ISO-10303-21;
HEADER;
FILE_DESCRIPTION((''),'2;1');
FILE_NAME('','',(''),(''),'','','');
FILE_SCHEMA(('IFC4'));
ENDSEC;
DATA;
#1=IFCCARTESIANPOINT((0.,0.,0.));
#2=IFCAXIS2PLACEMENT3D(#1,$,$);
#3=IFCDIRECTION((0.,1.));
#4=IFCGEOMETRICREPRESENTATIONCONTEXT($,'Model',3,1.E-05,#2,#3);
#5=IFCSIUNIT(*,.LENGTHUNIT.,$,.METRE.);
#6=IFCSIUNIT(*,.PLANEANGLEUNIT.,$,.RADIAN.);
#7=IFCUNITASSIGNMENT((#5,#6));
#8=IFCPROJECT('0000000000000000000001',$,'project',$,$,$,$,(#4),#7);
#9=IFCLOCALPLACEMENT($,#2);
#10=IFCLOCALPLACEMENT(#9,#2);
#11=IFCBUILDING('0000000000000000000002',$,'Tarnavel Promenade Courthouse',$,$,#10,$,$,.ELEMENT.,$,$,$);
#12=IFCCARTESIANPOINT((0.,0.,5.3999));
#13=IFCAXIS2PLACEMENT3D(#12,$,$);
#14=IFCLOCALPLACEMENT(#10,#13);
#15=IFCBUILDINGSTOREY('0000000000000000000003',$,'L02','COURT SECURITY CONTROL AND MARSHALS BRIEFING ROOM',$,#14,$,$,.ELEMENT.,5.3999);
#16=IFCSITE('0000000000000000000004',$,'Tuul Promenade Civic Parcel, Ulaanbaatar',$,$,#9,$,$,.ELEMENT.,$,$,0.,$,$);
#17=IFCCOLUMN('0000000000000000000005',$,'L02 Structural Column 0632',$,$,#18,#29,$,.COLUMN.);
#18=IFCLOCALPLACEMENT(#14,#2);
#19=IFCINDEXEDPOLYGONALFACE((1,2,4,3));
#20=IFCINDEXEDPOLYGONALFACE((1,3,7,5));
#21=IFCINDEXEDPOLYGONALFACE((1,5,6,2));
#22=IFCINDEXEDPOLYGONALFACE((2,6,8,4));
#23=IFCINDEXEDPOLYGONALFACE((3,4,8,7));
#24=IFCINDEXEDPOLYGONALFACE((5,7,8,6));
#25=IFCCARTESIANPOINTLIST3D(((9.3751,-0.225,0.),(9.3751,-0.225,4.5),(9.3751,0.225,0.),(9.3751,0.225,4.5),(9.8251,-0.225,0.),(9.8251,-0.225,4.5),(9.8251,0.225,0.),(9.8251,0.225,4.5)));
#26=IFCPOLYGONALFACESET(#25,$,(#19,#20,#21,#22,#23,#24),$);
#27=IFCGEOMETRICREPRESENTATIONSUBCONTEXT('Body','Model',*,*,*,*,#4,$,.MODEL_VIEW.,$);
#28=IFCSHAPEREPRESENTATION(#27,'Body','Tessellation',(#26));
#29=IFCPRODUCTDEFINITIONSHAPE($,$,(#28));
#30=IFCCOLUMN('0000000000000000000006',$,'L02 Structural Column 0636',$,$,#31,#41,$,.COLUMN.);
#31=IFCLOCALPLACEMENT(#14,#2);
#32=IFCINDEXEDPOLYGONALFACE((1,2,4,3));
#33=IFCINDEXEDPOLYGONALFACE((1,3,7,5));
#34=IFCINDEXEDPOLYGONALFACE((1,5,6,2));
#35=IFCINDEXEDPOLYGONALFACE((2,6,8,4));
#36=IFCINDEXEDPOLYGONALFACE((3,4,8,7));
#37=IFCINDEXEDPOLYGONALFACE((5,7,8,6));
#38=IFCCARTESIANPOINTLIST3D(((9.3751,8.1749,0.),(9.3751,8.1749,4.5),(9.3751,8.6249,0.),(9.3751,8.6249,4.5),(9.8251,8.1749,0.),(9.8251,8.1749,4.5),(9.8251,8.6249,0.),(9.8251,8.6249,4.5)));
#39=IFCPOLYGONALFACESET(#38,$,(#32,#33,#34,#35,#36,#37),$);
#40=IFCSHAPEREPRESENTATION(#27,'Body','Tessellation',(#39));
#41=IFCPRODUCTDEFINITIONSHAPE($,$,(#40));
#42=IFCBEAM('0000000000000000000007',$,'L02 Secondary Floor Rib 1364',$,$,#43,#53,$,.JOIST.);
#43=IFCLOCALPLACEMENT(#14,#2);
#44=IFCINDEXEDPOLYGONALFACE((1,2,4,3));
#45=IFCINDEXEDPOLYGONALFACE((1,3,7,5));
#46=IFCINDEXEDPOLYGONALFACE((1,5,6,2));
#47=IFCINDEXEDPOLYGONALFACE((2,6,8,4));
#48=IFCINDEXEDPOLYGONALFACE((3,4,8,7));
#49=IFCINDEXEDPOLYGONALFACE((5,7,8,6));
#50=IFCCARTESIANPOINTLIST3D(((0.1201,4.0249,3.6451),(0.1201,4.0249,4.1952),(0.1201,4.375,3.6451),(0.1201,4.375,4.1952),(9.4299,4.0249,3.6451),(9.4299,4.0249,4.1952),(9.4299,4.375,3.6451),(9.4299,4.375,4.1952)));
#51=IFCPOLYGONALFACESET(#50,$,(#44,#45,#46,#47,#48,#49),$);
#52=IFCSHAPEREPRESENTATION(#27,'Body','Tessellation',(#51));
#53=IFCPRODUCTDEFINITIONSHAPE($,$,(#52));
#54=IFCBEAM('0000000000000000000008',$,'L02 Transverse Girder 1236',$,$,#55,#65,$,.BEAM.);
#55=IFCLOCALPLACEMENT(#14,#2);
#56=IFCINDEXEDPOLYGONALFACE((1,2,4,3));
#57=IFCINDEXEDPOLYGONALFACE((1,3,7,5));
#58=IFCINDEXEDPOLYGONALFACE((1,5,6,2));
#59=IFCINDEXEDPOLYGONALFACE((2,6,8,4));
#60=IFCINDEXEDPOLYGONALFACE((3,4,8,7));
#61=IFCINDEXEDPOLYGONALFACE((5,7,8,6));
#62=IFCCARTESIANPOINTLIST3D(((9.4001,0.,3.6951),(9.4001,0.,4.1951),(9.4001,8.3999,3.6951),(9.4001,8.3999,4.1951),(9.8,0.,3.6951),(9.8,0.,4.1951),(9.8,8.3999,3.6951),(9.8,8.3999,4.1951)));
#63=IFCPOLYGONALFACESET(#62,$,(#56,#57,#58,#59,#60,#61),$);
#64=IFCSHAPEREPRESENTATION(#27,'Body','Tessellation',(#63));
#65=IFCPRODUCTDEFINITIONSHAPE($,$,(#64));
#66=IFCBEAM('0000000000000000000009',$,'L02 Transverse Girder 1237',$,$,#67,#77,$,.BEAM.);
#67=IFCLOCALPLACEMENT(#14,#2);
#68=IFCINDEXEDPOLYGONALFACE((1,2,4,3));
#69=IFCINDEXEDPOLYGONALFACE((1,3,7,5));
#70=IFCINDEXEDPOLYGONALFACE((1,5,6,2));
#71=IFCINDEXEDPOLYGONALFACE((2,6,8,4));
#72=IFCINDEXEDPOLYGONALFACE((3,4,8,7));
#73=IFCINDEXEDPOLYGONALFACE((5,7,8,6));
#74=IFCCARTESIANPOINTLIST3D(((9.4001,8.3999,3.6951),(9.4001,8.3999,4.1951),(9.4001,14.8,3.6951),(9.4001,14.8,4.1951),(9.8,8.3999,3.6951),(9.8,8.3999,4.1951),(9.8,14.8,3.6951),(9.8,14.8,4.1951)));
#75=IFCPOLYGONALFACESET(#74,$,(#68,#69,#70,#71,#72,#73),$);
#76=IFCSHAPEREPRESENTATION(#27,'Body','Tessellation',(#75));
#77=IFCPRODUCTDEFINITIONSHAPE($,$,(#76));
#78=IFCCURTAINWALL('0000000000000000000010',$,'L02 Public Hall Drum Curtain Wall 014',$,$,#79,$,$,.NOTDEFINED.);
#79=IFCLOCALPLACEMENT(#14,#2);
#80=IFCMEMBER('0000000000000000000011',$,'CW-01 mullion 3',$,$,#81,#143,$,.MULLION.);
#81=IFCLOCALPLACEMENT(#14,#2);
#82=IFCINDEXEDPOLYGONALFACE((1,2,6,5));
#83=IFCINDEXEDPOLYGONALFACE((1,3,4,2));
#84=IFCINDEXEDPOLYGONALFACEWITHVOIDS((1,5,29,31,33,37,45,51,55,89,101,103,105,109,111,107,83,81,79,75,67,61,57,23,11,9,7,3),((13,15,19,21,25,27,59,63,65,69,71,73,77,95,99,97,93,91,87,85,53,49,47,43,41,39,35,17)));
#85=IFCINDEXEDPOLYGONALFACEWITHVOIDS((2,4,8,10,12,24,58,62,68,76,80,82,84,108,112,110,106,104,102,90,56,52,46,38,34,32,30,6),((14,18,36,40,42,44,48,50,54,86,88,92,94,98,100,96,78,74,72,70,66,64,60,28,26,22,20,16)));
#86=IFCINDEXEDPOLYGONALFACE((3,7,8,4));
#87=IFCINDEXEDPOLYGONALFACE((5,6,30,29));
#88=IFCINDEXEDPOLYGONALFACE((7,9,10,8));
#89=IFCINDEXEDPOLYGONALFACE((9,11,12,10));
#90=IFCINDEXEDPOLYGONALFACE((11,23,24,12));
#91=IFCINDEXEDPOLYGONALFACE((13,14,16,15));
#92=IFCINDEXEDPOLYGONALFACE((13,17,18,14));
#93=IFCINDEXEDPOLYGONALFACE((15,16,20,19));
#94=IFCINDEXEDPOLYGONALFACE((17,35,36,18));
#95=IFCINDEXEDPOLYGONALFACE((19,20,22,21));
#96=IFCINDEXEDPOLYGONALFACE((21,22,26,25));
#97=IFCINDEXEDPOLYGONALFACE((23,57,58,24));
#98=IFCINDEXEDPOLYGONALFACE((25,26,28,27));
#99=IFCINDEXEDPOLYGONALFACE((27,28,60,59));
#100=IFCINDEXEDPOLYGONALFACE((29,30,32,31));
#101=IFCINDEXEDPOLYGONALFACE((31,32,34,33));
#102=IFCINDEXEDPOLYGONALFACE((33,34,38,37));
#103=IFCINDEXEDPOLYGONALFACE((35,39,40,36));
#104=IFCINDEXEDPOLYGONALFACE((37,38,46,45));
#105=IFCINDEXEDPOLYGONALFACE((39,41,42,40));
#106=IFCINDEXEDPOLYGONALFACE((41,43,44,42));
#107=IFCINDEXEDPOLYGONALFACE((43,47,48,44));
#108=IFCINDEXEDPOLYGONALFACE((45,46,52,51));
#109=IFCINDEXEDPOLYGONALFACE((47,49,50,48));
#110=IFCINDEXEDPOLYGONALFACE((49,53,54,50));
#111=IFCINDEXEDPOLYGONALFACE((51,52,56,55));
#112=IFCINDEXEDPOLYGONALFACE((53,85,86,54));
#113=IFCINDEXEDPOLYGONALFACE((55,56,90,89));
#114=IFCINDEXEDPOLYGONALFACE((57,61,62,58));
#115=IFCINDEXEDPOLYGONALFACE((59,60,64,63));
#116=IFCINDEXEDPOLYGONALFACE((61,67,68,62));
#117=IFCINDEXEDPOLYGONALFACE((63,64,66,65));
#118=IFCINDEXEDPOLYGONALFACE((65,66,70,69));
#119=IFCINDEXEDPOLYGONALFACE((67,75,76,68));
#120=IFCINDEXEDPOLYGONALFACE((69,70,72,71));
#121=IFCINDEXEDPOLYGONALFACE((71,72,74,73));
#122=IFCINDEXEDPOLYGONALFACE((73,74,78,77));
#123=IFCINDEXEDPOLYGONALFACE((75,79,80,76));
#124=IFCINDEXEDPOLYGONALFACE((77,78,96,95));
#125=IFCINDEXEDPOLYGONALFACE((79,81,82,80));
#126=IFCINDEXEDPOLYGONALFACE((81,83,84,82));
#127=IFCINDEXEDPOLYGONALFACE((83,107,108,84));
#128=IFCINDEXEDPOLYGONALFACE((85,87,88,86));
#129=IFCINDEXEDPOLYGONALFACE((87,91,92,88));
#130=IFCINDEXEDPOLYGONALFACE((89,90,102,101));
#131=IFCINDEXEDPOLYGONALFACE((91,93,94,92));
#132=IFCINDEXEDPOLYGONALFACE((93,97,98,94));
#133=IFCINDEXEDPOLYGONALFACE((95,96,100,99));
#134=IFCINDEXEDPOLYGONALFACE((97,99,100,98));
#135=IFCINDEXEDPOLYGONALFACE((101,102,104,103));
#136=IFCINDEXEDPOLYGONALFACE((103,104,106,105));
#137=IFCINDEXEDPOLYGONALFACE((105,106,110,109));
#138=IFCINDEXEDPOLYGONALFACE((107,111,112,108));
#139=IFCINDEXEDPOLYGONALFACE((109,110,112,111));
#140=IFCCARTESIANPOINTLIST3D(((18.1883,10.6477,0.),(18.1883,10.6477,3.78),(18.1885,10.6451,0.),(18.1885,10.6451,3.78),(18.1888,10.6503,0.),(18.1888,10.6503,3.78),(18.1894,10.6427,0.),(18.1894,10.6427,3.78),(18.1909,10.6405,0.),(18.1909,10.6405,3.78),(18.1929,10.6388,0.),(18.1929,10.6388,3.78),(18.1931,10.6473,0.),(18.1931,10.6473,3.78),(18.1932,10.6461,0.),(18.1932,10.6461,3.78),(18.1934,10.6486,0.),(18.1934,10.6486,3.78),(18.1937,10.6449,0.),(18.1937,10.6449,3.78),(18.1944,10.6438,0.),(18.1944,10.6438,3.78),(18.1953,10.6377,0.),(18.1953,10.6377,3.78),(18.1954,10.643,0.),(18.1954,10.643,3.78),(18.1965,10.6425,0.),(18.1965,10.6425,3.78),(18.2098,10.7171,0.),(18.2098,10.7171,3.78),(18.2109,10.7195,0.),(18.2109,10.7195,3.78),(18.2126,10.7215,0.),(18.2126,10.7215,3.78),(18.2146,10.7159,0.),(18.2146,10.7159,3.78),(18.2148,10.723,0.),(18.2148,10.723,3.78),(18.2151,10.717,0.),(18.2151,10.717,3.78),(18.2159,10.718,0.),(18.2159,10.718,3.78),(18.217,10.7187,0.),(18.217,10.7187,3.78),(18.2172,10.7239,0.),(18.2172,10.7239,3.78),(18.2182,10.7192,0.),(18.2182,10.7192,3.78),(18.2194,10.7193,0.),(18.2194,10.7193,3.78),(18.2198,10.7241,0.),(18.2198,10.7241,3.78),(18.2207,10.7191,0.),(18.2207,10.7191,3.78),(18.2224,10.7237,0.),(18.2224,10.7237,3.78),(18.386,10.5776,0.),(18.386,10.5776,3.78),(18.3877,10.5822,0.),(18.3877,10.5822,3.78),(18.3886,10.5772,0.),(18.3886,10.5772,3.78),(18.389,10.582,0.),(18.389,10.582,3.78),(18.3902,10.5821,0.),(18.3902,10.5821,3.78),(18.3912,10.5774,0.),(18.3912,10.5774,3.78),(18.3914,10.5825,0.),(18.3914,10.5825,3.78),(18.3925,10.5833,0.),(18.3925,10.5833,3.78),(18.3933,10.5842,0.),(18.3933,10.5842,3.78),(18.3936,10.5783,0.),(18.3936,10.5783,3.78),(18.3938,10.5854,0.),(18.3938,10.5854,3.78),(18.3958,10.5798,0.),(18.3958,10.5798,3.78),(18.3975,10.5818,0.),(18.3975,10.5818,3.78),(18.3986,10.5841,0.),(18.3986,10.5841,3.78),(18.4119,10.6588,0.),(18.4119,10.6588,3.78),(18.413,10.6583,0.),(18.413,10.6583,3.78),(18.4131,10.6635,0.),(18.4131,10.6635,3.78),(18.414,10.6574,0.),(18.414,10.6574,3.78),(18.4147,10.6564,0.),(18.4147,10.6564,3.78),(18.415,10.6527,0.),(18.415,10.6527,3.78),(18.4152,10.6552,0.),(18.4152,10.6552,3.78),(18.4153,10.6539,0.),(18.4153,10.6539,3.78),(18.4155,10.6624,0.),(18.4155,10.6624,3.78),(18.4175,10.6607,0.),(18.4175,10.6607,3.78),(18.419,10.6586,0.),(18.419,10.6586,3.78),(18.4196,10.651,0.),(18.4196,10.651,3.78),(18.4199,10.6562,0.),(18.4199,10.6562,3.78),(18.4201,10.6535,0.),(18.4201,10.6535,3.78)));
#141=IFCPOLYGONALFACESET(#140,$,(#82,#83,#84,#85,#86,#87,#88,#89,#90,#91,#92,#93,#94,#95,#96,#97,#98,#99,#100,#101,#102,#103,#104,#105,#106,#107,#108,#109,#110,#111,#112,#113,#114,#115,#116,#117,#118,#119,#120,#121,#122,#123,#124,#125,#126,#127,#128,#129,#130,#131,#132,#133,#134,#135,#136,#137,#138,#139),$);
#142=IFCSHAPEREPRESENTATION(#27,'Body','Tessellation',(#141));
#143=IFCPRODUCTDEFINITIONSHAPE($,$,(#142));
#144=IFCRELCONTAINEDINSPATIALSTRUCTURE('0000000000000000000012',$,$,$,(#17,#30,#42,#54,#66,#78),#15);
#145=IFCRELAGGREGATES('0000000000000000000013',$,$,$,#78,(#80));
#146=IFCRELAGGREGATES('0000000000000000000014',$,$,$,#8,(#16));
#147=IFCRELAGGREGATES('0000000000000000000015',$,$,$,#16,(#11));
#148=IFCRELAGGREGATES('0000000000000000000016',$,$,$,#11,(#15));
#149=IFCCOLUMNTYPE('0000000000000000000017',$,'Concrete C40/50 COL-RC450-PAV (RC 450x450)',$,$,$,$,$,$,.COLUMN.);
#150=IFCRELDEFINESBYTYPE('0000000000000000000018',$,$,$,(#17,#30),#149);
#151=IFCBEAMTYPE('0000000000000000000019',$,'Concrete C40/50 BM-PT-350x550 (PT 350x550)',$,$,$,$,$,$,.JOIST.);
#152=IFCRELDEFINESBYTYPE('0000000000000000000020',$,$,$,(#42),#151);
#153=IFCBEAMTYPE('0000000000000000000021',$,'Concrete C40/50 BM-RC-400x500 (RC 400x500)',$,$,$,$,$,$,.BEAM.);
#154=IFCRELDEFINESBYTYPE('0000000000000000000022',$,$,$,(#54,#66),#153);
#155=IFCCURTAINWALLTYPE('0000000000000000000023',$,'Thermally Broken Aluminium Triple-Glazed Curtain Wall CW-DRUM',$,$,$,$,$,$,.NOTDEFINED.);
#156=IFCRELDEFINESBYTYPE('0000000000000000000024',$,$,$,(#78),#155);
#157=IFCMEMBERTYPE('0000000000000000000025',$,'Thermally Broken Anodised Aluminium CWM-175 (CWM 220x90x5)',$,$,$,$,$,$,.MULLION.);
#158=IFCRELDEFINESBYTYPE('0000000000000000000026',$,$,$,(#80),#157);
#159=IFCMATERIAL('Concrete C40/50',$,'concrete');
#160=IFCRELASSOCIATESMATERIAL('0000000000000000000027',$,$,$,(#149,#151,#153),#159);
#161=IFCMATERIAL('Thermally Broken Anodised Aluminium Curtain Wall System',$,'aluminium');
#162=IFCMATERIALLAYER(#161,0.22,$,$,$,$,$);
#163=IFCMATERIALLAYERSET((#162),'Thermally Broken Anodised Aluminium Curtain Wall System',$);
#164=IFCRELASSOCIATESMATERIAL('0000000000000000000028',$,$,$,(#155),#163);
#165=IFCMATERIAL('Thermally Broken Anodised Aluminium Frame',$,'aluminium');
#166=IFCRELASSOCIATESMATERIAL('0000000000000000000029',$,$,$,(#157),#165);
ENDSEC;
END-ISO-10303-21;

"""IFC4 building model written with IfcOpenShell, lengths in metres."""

from ifc_helpers import new_model, si_unit, direction, frame, origin, origin_2d, place, context, subcontext, project, spatial, rectangle, hollow_rectangle, extrude, material, layer, layer_set, material_profile, profile_set, type_object, element, aggregate, save


model = new_model("IFC4")

# Units and contexts
model_context = context("Model", 3, precision=1e-05, world=origin(), true_north=direction((0.0, 1.0)))
body_context = subcontext(model_context, "Body", "Model", "MODEL_VIEW")
ifc_project = project(units=[si_unit("LENGTHUNIT", "METRE"), si_unit("PLANEANGLEUNIT", "RADIAN")], contexts=[model_context])

# Site, building, storey
site_placement = place(None, origin())
site = spatial("IfcSite", under=ifc_project, at=site_placement, Name="Tuul Promenade Civic Parcel, Ulaanbaatar", CompositionType="ELEMENT", RefElevation=0.0)
building_placement = place(site_placement, origin())
building = spatial("IfcBuilding", under=site, at=building_placement, Name="Tarnavel Promenade Courthouse", CompositionType="ELEMENT")
storey_placement = place(building_placement, frame((0.0, 0.0, 5.3999)))
storey = spatial("IfcBuildingStorey", under=building, at=storey_placement, Name="L02", Description="COURT SECURITY CONTROL AND MARSHALS BRIEFING ROOM", CompositionType="ELEMENT", Elevation=5.3999)

# Columns
ifc_material_1 = material(Name="Concrete C40/50", Category="concrete")
ifc_material_profile_1 = material_profile(ifc_material_1, rectangle(XDim=0.45, YDim=0.45, at=origin_2d()), Name="RC 450x450")
ifc_profile_set_1 = profile_set([ifc_material_profile_1], Name="Concrete C40/50")
column_type = type_object("IfcColumnType", Name="Concrete C40/50 COL-RC450-PAV (RC 450x450)", PredefinedType="COLUMN", material=ifc_profile_set_1)
for number, where, z_axis, x_axis, name in (
    (1, (9.6001, 0.0, 0.0), (0.0, 0.0, 1.0), (1.0, 0.0, 0.0), "L02 Structural Column 0632"),
    (2, (9.6001, 8.3999, 0.0), (0.0, 0.0, 1.0), (1.0, 0.0, 0.0), "L02 Structural Column 0636"),
):
    element("IfcColumn", number, at=place(storey_placement, frame(where, z_axis=z_axis, x_axis=x_axis)), inside=storey, type_object=column_type, Name=name, PredefinedType="COLUMN", context=body_context, shape_type="SweptSolid", body=[
        extrude(rectangle(XDim=0.45, YDim=0.45, at=origin_2d()), origin(), (0.0, 0.0, 1.0), 4.5),
    ])

# Beams
ifc_material_profile_2 = material_profile(ifc_material_1, rectangle(XDim=0.3501, YDim=0.55, at=origin_2d()), Name="PT 350x550")
ifc_profile_set_2 = profile_set([ifc_material_profile_2], Name="Concrete C40/50")
beam_type_1 = type_object("IfcBeamType", Name="Concrete C40/50 BM-PT-350x550 (PT 350x550)", PredefinedType="JOIST", material=ifc_profile_set_2)
beam_1_placement = place(storey_placement, frame((0.1201, 4.2, 3.9202), z_axis=(1.0, 0.0, 0.0), x_axis=(0.0, 1.0, 0.0)))
element("IfcBeam", 3, at=beam_1_placement, inside=storey, type_object=beam_type_1, Name="L02 Secondary Floor Rib 1364", PredefinedType="JOIST", context=body_context, shape_type="SweptSolid", body=[
    extrude(rectangle(XDim=0.3501, YDim=0.55, at=origin_2d()), origin(), (0.0, 0.0, 1.0), 9.3098),
])
ifc_material_profile_3 = material_profile(ifc_material_1, rectangle(XDim=0.3999, YDim=0.5, at=origin_2d()), Name="RC 400x500")
ifc_profile_set_3 = profile_set([ifc_material_profile_3], Name="Concrete C40/50")
beam_type_2 = type_object("IfcBeamType", Name="Concrete C40/50 BM-RC-400x500 (RC 400x500)", PredefinedType="BEAM", material=ifc_profile_set_3)
beam_2_placement = place(storey_placement, frame((9.6001, 0.0, 3.9451), z_axis=(0.0, 1.0, 0.0), x_axis=(-1.0, 0.0, 0.0)))
element("IfcBeam", 4, at=beam_2_placement, inside=storey, type_object=beam_type_2, Name="L02 Transverse Girder 1236", PredefinedType="BEAM", context=body_context, shape_type="SweptSolid", body=[
    extrude(rectangle(XDim=0.3999, YDim=0.5, at=origin_2d()), origin(), (0.0, 0.0, 1.0), 8.3999),
])
beam_3_placement = place(storey_placement, frame((9.6001, 8.3999, 3.9451), z_axis=(0.0, 1.0, 0.0), x_axis=(-1.0, 0.0, 0.0)))
element("IfcBeam", 5, at=beam_3_placement, inside=storey, type_object=beam_type_2, Name="L02 Transverse Girder 1237", PredefinedType="BEAM", context=body_context, shape_type="SweptSolid", body=[
    extrude(rectangle(XDim=0.3999, YDim=0.5, at=origin_2d()), origin(), (0.0, 0.0, 1.0), 6.4001),
])

# Curtain wall, member
ifc_material_2 = material(Name="Thermally Broken Anodised Aluminium Curtain Wall System", Category="aluminium")
ifc_layer_1 = layer(ifc_material_2, 0.22)
ifc_layer_set_1 = layer_set([ifc_layer_1], Name="Thermally Broken Anodised Aluminium Curtain Wall System")
curtain_wall_type = type_object("IfcCurtainWallType", Name="Thermally Broken Aluminium Triple-Glazed Curtain Wall CW-DRUM", PredefinedType="NOTDEFINED", material=ifc_layer_set_1)
curtain_wall_placement = place(storey_placement, origin())
curtain_wall = element("IfcCurtainWall", 6, at=curtain_wall_placement, inside=storey, type_object=curtain_wall_type, Name="L02 Public Hall Drum Curtain Wall 014", PredefinedType="NOTDEFINED")
ifc_material_3 = material(Name="Thermally Broken Anodised Aluminium Frame", Category="aluminium")
ifc_material_profile_4 = material_profile(ifc_material_3, hollow_rectangle(XDim=0.0901, YDim=0.22, WallThickness=0.0049, InnerFilletRadius=0.0049, OuterFilletRadius=0.01, at=origin_2d()), Name="CWM 220x90x5")
ifc_profile_set_4 = profile_set([ifc_material_profile_4], Name="Thermally Broken Anodised Aluminium Frame")
member_type_1 = type_object("IfcMemberType", Name="Thermally Broken Anodised Aluminium CWM-175 (CWM 220x90x5)", PredefinedType="MULLION", material=ifc_profile_set_4)
member_1_placement = place(storey_placement, frame((18.3042, 10.6506, 0.0), z_axis=(0.0, 0.0, 1.0), x_axis=(0.300705, 0.953717, 0.0)))
member_1 = element("IfcMember", 7, at=member_1_placement, type_object=member_type_1, Name="CW-01 mullion 3", PredefinedType="MULLION", context=body_context, shape_type="SweptSolid", body=[
    extrude(hollow_rectangle(XDim=0.0901, YDim=0.22, WallThickness=0.0049, InnerFilletRadius=0.0049, OuterFilletRadius=0.01, at=origin_2d()), origin(), (0.0, 0.0, 1.0), 3.78),
])
aggregate(curtain_wall, [member_1])

save(model, "model.ifc")
